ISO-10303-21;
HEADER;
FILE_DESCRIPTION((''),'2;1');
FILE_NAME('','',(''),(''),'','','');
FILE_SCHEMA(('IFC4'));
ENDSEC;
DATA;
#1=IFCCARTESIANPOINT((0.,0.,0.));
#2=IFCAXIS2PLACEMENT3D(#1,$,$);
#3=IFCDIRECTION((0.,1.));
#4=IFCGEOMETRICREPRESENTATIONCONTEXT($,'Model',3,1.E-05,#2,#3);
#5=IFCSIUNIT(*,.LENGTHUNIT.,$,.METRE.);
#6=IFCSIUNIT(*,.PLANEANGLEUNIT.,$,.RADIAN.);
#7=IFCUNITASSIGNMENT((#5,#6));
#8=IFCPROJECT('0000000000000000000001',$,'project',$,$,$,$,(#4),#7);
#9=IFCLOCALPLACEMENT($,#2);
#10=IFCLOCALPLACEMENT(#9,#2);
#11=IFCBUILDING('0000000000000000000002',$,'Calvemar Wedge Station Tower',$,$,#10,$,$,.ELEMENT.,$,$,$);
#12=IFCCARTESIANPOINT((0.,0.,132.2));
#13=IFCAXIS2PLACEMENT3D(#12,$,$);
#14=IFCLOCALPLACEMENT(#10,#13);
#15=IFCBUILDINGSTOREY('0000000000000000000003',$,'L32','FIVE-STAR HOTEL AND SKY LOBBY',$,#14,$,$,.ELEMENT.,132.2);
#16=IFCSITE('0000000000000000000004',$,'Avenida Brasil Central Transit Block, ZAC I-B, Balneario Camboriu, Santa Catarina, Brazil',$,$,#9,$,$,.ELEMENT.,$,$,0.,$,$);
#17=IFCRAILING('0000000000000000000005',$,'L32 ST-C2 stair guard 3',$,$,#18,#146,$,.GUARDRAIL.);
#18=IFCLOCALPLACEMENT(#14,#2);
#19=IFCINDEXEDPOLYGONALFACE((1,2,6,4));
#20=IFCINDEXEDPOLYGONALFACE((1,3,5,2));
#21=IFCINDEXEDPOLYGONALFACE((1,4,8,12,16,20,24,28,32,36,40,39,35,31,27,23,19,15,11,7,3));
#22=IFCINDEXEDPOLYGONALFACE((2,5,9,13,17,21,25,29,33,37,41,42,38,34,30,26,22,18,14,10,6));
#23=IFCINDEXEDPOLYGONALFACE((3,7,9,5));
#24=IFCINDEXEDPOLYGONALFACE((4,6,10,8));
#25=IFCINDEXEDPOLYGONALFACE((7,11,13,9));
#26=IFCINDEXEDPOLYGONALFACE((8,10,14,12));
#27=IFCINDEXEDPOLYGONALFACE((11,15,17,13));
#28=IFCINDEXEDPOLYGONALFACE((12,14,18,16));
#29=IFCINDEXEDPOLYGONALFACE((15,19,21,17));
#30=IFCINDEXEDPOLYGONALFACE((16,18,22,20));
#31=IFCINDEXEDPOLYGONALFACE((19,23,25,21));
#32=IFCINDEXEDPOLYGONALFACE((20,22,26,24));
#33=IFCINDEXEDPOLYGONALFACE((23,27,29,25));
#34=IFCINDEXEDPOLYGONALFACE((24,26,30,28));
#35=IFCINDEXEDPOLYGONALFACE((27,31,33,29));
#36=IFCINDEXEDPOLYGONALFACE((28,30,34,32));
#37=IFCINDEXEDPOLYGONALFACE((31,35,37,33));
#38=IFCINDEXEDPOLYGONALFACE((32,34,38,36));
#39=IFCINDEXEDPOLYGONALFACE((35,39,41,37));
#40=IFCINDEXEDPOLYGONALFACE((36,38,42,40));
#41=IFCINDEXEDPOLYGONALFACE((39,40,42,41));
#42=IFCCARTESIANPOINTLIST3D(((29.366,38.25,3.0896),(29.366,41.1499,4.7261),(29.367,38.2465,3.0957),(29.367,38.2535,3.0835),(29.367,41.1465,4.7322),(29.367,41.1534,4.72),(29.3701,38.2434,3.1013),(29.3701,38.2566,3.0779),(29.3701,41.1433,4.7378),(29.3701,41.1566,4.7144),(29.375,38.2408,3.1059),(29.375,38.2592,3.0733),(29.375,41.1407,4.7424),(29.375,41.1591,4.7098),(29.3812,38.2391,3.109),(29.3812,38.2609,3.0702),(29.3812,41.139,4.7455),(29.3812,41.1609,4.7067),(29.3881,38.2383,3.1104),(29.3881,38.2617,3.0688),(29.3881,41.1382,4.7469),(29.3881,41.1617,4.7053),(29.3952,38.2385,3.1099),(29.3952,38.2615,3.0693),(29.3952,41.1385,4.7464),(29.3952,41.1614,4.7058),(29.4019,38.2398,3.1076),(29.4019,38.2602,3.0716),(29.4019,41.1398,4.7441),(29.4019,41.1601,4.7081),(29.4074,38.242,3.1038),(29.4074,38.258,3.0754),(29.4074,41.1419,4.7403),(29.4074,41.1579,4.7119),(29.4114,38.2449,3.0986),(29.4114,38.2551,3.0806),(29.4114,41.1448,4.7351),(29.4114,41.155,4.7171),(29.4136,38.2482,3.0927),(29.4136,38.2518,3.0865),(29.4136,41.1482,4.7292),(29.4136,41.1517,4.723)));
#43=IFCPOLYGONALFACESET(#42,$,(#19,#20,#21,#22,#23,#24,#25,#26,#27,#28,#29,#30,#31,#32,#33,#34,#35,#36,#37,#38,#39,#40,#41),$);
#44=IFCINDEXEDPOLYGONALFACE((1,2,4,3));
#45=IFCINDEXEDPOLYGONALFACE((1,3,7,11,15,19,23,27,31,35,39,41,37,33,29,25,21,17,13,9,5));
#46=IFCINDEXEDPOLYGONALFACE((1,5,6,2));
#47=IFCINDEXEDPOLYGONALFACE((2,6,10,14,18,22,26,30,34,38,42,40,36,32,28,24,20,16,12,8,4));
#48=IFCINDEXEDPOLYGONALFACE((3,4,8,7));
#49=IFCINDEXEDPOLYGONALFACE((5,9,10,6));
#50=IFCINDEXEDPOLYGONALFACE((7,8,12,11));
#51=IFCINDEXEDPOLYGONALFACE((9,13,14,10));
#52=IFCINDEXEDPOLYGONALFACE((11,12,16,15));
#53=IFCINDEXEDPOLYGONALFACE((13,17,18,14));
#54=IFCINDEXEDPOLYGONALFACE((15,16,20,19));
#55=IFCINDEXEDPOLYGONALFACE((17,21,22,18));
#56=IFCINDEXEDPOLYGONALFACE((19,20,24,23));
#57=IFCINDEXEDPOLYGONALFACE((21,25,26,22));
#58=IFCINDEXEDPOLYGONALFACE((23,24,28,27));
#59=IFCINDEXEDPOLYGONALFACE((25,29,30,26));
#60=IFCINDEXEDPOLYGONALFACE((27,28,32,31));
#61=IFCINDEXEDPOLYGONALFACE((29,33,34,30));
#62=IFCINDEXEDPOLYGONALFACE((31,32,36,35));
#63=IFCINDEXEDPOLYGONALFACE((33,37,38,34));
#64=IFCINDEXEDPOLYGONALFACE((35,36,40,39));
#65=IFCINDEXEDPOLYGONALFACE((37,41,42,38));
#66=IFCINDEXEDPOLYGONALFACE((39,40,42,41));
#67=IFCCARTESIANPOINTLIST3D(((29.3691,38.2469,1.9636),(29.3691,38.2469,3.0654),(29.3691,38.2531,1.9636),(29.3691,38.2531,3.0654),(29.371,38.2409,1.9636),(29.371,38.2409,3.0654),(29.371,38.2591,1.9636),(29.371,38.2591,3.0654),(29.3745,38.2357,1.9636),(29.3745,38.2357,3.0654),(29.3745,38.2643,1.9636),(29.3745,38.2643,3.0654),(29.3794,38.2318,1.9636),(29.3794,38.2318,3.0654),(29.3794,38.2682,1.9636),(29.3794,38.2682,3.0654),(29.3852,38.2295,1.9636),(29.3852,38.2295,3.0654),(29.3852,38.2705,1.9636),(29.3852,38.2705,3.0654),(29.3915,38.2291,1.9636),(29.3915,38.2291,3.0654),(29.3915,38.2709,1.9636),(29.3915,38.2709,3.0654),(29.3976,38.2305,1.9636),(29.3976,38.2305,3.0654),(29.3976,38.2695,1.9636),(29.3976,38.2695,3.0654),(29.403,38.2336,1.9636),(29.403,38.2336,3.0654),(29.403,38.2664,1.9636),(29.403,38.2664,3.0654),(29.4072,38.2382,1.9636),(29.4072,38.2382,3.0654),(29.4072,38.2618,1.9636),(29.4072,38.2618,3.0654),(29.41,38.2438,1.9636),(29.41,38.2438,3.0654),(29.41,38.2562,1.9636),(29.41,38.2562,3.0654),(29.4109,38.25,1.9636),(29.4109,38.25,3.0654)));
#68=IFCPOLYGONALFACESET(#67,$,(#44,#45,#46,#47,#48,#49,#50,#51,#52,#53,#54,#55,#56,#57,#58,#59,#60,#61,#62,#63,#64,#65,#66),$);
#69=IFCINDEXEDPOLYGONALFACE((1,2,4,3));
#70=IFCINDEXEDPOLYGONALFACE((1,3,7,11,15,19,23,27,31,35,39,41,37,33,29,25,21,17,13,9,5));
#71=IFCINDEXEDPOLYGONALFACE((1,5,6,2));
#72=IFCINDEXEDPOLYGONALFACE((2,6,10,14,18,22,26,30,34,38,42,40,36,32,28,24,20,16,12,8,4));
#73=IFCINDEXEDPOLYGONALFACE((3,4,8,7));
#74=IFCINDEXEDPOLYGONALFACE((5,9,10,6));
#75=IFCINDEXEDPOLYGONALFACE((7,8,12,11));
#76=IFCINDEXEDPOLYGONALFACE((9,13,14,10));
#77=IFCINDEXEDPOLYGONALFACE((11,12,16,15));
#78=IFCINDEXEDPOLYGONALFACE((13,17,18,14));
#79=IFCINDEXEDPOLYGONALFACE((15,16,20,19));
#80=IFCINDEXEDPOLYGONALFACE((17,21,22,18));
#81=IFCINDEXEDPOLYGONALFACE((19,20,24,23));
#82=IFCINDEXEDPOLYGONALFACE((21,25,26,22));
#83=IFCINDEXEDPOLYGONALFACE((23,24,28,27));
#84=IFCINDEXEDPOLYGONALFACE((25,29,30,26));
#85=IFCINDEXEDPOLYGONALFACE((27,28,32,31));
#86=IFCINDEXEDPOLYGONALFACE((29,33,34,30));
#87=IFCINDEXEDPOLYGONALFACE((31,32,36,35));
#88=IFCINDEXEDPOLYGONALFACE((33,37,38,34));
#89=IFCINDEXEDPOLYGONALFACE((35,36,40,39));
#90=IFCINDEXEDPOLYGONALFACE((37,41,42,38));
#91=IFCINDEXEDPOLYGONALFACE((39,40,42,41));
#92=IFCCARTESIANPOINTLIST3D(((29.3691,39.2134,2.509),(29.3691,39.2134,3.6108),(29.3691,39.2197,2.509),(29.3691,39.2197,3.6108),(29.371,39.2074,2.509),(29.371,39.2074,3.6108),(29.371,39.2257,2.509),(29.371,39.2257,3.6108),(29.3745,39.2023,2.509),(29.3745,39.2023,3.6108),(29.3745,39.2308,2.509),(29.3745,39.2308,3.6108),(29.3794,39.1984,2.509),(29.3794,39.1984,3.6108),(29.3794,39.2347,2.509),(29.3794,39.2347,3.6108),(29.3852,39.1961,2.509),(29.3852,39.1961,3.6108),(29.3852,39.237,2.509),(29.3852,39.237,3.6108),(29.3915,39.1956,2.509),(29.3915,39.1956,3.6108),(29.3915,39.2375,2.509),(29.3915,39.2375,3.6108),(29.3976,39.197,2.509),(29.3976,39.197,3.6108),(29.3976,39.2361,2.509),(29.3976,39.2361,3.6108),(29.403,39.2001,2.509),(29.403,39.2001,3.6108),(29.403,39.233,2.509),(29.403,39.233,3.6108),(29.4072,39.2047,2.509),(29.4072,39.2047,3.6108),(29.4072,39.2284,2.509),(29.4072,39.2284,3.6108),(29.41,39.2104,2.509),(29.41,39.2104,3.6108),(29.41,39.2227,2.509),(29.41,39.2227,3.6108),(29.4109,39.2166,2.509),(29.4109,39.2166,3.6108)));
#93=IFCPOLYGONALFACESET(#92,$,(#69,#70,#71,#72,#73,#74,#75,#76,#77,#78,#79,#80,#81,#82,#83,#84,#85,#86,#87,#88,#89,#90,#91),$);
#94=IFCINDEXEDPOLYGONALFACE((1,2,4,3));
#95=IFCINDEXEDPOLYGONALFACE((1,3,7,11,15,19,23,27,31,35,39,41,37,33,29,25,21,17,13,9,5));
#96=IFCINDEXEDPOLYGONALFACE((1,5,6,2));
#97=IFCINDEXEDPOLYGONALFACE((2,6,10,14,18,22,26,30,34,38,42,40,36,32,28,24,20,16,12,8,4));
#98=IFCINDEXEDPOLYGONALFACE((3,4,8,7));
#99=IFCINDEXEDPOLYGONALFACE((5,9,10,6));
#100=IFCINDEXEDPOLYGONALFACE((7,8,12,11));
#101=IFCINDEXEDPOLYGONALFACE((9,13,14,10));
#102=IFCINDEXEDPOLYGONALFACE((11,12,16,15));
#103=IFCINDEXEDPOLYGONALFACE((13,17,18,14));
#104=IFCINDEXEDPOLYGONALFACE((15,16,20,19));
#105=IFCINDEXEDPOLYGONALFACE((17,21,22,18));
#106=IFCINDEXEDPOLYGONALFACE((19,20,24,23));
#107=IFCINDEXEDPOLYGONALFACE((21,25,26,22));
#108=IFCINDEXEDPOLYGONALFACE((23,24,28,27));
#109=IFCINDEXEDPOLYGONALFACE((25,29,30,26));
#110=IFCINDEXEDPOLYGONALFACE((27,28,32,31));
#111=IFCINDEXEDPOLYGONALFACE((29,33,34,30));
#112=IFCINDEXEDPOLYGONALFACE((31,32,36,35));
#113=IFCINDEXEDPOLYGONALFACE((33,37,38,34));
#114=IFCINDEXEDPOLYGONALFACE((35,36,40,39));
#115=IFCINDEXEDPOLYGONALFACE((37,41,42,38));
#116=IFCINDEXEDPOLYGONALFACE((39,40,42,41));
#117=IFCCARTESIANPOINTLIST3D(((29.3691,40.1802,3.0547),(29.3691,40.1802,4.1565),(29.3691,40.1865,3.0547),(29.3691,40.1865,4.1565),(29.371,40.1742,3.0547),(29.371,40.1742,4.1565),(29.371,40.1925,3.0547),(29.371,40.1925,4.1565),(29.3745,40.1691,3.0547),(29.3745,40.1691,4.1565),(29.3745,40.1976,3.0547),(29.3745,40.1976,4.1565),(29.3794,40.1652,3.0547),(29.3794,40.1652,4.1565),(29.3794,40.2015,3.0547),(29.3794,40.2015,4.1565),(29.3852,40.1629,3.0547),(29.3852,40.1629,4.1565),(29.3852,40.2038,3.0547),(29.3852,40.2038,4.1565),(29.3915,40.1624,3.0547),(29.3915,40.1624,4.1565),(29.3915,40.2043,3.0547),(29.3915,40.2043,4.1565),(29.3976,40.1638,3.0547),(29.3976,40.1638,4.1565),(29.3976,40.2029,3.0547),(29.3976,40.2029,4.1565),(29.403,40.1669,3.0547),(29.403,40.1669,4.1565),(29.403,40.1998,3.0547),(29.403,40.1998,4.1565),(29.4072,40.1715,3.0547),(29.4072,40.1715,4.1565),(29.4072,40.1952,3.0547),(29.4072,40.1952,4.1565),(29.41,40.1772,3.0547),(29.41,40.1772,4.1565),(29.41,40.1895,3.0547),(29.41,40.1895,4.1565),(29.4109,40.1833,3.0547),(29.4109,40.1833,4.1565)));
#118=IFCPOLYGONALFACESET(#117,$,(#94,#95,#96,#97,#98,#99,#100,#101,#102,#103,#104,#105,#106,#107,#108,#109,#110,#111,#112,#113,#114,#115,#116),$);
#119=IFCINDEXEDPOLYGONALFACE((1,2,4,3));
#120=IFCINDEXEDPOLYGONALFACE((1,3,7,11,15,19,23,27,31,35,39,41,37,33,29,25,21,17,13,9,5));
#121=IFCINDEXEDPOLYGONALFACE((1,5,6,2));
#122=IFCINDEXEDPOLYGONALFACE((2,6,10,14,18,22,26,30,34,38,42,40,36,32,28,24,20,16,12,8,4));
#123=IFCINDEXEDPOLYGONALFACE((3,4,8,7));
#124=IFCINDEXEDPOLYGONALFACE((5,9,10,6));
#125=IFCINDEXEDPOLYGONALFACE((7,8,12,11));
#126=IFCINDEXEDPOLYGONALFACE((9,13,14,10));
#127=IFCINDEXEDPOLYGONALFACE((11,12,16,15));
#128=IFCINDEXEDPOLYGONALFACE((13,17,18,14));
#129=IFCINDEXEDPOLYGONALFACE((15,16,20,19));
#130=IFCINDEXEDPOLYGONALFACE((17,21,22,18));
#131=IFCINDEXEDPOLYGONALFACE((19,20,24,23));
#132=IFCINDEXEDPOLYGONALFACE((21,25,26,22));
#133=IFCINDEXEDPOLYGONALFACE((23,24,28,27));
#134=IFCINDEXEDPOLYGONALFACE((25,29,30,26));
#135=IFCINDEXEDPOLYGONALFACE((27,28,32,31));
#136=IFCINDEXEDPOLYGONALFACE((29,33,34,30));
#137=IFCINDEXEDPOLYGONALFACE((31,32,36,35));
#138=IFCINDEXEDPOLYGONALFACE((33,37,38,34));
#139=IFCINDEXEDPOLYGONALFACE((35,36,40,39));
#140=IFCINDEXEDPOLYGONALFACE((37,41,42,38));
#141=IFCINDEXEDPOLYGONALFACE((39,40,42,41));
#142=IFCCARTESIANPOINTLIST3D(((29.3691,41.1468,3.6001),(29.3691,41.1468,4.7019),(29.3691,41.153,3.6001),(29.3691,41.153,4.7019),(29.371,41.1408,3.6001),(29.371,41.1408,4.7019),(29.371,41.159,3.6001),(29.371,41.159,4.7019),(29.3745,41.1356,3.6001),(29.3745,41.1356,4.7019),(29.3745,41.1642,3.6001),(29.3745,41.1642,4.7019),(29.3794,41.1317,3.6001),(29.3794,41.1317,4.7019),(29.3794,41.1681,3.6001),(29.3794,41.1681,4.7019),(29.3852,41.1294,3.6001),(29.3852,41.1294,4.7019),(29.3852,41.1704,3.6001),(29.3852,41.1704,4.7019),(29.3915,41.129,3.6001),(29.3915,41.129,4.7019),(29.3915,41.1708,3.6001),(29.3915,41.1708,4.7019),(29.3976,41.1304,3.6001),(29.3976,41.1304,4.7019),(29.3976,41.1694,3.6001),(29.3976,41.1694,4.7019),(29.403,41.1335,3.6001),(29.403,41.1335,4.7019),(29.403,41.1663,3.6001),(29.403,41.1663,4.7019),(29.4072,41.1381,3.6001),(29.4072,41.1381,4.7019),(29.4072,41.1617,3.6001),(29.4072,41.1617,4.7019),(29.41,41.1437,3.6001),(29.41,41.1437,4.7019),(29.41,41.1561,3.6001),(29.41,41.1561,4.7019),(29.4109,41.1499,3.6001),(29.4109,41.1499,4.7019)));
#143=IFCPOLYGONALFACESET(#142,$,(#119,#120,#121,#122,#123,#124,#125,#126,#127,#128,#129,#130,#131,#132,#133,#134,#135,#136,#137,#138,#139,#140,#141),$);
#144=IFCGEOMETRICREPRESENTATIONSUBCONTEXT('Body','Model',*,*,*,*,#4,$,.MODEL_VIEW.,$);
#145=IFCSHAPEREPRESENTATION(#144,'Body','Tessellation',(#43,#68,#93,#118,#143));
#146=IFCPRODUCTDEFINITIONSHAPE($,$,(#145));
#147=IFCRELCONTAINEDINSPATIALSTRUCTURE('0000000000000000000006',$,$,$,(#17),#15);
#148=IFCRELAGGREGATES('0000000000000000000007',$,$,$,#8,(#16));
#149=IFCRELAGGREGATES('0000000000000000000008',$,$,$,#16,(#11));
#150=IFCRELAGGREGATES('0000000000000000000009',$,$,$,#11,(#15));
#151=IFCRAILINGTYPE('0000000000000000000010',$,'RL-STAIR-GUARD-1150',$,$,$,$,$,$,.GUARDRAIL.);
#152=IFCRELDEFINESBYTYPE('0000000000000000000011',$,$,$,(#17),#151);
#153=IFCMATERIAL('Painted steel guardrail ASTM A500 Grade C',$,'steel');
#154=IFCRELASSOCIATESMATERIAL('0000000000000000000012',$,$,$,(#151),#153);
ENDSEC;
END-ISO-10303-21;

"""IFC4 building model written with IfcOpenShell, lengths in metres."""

from ifc_helpers import new_model, si_unit, direction, frame, origin, origin_2d, place, context, subcontext, project, spatial, circle, extrude, material, type_object, element, save


model = new_model("IFC4")

# Units and contexts
model_context = context("Model", 3, precision=1e-05, world=origin(), true_north=direction((0.0, 1.0)))
body_context = subcontext(model_context, "Body", "Model", "MODEL_VIEW")
ifc_project = project(units=[si_unit("LENGTHUNIT", "METRE"), si_unit("PLANEANGLEUNIT", "RADIAN")], contexts=[model_context])

# Site, building, storey
site_placement = place(None, origin())
site = spatial("IfcSite", under=ifc_project, at=site_placement, Name="Avenida Brasil Central Transit Block, ZAC I-B, Balneario Camboriu, Santa Catarina, Brazil", CompositionType="ELEMENT", RefElevation=0.0)
building_placement = place(site_placement, origin())
building = spatial("IfcBuilding", under=site, at=building_placement, Name="Calvemar Wedge Station Tower", CompositionType="ELEMENT")
storey_placement = place(building_placement, frame((0.0, 0.0, 132.2)))
storey = spatial("IfcBuildingStorey", under=building, at=storey_placement, Name="L32", Description="FIVE-STAR HOTEL AND SKY LOBBY", CompositionType="ELEMENT", Elevation=132.2)

# Railing
ifc_material_1 = material(Name="Painted steel guardrail ASTM A500 Grade C", Category="steel")
railing_type_1 = type_object("IfcRailingType", Name="RL-STAIR-GUARD-1150", PredefinedType="GUARDRAIL", material=ifc_material_1)
railing_1_placement = place(storey_placement, frame((29.3899, 38.25, 1.9636)))
element("IfcRailing", 1, at=railing_1_placement, inside=storey, type_object=railing_type_1, Name="L32 ST-C2 stair guard 3", PredefinedType="GUARDRAIL", context=body_context, shape_type="SweptSolid", body=[
    extrude(circle(Radius=0.0239, at=origin_2d()), frame((0.0, 0.0, 1.126), z_axis=(0.0, 0.870897, 0.491465), x_axis=(-1.0, 0.0, 0.0)), (0.0, 0.0, 1.0), 3.3298),
    extrude(circle(Radius=0.021, at=origin_2d()), origin(), (0.0, 0.0, 1.0), 1.1018),
    extrude(circle(Radius=0.021, at=origin_2d()), frame((0.0, 0.9666, 0.5454)), (0.0, 0.0, 1.0), 1.1018),
    extrude(circle(Radius=0.021, at=origin_2d()), frame((0.0, 1.9333, 1.0911)), (0.0, 0.0, 1.0), 1.1018),
    extrude(circle(Radius=0.021, at=origin_2d()), frame((0.0, 2.8999, 1.6365)), (0.0, 0.0, 1.0), 1.1018),
])

save(model, "model.ifc")
